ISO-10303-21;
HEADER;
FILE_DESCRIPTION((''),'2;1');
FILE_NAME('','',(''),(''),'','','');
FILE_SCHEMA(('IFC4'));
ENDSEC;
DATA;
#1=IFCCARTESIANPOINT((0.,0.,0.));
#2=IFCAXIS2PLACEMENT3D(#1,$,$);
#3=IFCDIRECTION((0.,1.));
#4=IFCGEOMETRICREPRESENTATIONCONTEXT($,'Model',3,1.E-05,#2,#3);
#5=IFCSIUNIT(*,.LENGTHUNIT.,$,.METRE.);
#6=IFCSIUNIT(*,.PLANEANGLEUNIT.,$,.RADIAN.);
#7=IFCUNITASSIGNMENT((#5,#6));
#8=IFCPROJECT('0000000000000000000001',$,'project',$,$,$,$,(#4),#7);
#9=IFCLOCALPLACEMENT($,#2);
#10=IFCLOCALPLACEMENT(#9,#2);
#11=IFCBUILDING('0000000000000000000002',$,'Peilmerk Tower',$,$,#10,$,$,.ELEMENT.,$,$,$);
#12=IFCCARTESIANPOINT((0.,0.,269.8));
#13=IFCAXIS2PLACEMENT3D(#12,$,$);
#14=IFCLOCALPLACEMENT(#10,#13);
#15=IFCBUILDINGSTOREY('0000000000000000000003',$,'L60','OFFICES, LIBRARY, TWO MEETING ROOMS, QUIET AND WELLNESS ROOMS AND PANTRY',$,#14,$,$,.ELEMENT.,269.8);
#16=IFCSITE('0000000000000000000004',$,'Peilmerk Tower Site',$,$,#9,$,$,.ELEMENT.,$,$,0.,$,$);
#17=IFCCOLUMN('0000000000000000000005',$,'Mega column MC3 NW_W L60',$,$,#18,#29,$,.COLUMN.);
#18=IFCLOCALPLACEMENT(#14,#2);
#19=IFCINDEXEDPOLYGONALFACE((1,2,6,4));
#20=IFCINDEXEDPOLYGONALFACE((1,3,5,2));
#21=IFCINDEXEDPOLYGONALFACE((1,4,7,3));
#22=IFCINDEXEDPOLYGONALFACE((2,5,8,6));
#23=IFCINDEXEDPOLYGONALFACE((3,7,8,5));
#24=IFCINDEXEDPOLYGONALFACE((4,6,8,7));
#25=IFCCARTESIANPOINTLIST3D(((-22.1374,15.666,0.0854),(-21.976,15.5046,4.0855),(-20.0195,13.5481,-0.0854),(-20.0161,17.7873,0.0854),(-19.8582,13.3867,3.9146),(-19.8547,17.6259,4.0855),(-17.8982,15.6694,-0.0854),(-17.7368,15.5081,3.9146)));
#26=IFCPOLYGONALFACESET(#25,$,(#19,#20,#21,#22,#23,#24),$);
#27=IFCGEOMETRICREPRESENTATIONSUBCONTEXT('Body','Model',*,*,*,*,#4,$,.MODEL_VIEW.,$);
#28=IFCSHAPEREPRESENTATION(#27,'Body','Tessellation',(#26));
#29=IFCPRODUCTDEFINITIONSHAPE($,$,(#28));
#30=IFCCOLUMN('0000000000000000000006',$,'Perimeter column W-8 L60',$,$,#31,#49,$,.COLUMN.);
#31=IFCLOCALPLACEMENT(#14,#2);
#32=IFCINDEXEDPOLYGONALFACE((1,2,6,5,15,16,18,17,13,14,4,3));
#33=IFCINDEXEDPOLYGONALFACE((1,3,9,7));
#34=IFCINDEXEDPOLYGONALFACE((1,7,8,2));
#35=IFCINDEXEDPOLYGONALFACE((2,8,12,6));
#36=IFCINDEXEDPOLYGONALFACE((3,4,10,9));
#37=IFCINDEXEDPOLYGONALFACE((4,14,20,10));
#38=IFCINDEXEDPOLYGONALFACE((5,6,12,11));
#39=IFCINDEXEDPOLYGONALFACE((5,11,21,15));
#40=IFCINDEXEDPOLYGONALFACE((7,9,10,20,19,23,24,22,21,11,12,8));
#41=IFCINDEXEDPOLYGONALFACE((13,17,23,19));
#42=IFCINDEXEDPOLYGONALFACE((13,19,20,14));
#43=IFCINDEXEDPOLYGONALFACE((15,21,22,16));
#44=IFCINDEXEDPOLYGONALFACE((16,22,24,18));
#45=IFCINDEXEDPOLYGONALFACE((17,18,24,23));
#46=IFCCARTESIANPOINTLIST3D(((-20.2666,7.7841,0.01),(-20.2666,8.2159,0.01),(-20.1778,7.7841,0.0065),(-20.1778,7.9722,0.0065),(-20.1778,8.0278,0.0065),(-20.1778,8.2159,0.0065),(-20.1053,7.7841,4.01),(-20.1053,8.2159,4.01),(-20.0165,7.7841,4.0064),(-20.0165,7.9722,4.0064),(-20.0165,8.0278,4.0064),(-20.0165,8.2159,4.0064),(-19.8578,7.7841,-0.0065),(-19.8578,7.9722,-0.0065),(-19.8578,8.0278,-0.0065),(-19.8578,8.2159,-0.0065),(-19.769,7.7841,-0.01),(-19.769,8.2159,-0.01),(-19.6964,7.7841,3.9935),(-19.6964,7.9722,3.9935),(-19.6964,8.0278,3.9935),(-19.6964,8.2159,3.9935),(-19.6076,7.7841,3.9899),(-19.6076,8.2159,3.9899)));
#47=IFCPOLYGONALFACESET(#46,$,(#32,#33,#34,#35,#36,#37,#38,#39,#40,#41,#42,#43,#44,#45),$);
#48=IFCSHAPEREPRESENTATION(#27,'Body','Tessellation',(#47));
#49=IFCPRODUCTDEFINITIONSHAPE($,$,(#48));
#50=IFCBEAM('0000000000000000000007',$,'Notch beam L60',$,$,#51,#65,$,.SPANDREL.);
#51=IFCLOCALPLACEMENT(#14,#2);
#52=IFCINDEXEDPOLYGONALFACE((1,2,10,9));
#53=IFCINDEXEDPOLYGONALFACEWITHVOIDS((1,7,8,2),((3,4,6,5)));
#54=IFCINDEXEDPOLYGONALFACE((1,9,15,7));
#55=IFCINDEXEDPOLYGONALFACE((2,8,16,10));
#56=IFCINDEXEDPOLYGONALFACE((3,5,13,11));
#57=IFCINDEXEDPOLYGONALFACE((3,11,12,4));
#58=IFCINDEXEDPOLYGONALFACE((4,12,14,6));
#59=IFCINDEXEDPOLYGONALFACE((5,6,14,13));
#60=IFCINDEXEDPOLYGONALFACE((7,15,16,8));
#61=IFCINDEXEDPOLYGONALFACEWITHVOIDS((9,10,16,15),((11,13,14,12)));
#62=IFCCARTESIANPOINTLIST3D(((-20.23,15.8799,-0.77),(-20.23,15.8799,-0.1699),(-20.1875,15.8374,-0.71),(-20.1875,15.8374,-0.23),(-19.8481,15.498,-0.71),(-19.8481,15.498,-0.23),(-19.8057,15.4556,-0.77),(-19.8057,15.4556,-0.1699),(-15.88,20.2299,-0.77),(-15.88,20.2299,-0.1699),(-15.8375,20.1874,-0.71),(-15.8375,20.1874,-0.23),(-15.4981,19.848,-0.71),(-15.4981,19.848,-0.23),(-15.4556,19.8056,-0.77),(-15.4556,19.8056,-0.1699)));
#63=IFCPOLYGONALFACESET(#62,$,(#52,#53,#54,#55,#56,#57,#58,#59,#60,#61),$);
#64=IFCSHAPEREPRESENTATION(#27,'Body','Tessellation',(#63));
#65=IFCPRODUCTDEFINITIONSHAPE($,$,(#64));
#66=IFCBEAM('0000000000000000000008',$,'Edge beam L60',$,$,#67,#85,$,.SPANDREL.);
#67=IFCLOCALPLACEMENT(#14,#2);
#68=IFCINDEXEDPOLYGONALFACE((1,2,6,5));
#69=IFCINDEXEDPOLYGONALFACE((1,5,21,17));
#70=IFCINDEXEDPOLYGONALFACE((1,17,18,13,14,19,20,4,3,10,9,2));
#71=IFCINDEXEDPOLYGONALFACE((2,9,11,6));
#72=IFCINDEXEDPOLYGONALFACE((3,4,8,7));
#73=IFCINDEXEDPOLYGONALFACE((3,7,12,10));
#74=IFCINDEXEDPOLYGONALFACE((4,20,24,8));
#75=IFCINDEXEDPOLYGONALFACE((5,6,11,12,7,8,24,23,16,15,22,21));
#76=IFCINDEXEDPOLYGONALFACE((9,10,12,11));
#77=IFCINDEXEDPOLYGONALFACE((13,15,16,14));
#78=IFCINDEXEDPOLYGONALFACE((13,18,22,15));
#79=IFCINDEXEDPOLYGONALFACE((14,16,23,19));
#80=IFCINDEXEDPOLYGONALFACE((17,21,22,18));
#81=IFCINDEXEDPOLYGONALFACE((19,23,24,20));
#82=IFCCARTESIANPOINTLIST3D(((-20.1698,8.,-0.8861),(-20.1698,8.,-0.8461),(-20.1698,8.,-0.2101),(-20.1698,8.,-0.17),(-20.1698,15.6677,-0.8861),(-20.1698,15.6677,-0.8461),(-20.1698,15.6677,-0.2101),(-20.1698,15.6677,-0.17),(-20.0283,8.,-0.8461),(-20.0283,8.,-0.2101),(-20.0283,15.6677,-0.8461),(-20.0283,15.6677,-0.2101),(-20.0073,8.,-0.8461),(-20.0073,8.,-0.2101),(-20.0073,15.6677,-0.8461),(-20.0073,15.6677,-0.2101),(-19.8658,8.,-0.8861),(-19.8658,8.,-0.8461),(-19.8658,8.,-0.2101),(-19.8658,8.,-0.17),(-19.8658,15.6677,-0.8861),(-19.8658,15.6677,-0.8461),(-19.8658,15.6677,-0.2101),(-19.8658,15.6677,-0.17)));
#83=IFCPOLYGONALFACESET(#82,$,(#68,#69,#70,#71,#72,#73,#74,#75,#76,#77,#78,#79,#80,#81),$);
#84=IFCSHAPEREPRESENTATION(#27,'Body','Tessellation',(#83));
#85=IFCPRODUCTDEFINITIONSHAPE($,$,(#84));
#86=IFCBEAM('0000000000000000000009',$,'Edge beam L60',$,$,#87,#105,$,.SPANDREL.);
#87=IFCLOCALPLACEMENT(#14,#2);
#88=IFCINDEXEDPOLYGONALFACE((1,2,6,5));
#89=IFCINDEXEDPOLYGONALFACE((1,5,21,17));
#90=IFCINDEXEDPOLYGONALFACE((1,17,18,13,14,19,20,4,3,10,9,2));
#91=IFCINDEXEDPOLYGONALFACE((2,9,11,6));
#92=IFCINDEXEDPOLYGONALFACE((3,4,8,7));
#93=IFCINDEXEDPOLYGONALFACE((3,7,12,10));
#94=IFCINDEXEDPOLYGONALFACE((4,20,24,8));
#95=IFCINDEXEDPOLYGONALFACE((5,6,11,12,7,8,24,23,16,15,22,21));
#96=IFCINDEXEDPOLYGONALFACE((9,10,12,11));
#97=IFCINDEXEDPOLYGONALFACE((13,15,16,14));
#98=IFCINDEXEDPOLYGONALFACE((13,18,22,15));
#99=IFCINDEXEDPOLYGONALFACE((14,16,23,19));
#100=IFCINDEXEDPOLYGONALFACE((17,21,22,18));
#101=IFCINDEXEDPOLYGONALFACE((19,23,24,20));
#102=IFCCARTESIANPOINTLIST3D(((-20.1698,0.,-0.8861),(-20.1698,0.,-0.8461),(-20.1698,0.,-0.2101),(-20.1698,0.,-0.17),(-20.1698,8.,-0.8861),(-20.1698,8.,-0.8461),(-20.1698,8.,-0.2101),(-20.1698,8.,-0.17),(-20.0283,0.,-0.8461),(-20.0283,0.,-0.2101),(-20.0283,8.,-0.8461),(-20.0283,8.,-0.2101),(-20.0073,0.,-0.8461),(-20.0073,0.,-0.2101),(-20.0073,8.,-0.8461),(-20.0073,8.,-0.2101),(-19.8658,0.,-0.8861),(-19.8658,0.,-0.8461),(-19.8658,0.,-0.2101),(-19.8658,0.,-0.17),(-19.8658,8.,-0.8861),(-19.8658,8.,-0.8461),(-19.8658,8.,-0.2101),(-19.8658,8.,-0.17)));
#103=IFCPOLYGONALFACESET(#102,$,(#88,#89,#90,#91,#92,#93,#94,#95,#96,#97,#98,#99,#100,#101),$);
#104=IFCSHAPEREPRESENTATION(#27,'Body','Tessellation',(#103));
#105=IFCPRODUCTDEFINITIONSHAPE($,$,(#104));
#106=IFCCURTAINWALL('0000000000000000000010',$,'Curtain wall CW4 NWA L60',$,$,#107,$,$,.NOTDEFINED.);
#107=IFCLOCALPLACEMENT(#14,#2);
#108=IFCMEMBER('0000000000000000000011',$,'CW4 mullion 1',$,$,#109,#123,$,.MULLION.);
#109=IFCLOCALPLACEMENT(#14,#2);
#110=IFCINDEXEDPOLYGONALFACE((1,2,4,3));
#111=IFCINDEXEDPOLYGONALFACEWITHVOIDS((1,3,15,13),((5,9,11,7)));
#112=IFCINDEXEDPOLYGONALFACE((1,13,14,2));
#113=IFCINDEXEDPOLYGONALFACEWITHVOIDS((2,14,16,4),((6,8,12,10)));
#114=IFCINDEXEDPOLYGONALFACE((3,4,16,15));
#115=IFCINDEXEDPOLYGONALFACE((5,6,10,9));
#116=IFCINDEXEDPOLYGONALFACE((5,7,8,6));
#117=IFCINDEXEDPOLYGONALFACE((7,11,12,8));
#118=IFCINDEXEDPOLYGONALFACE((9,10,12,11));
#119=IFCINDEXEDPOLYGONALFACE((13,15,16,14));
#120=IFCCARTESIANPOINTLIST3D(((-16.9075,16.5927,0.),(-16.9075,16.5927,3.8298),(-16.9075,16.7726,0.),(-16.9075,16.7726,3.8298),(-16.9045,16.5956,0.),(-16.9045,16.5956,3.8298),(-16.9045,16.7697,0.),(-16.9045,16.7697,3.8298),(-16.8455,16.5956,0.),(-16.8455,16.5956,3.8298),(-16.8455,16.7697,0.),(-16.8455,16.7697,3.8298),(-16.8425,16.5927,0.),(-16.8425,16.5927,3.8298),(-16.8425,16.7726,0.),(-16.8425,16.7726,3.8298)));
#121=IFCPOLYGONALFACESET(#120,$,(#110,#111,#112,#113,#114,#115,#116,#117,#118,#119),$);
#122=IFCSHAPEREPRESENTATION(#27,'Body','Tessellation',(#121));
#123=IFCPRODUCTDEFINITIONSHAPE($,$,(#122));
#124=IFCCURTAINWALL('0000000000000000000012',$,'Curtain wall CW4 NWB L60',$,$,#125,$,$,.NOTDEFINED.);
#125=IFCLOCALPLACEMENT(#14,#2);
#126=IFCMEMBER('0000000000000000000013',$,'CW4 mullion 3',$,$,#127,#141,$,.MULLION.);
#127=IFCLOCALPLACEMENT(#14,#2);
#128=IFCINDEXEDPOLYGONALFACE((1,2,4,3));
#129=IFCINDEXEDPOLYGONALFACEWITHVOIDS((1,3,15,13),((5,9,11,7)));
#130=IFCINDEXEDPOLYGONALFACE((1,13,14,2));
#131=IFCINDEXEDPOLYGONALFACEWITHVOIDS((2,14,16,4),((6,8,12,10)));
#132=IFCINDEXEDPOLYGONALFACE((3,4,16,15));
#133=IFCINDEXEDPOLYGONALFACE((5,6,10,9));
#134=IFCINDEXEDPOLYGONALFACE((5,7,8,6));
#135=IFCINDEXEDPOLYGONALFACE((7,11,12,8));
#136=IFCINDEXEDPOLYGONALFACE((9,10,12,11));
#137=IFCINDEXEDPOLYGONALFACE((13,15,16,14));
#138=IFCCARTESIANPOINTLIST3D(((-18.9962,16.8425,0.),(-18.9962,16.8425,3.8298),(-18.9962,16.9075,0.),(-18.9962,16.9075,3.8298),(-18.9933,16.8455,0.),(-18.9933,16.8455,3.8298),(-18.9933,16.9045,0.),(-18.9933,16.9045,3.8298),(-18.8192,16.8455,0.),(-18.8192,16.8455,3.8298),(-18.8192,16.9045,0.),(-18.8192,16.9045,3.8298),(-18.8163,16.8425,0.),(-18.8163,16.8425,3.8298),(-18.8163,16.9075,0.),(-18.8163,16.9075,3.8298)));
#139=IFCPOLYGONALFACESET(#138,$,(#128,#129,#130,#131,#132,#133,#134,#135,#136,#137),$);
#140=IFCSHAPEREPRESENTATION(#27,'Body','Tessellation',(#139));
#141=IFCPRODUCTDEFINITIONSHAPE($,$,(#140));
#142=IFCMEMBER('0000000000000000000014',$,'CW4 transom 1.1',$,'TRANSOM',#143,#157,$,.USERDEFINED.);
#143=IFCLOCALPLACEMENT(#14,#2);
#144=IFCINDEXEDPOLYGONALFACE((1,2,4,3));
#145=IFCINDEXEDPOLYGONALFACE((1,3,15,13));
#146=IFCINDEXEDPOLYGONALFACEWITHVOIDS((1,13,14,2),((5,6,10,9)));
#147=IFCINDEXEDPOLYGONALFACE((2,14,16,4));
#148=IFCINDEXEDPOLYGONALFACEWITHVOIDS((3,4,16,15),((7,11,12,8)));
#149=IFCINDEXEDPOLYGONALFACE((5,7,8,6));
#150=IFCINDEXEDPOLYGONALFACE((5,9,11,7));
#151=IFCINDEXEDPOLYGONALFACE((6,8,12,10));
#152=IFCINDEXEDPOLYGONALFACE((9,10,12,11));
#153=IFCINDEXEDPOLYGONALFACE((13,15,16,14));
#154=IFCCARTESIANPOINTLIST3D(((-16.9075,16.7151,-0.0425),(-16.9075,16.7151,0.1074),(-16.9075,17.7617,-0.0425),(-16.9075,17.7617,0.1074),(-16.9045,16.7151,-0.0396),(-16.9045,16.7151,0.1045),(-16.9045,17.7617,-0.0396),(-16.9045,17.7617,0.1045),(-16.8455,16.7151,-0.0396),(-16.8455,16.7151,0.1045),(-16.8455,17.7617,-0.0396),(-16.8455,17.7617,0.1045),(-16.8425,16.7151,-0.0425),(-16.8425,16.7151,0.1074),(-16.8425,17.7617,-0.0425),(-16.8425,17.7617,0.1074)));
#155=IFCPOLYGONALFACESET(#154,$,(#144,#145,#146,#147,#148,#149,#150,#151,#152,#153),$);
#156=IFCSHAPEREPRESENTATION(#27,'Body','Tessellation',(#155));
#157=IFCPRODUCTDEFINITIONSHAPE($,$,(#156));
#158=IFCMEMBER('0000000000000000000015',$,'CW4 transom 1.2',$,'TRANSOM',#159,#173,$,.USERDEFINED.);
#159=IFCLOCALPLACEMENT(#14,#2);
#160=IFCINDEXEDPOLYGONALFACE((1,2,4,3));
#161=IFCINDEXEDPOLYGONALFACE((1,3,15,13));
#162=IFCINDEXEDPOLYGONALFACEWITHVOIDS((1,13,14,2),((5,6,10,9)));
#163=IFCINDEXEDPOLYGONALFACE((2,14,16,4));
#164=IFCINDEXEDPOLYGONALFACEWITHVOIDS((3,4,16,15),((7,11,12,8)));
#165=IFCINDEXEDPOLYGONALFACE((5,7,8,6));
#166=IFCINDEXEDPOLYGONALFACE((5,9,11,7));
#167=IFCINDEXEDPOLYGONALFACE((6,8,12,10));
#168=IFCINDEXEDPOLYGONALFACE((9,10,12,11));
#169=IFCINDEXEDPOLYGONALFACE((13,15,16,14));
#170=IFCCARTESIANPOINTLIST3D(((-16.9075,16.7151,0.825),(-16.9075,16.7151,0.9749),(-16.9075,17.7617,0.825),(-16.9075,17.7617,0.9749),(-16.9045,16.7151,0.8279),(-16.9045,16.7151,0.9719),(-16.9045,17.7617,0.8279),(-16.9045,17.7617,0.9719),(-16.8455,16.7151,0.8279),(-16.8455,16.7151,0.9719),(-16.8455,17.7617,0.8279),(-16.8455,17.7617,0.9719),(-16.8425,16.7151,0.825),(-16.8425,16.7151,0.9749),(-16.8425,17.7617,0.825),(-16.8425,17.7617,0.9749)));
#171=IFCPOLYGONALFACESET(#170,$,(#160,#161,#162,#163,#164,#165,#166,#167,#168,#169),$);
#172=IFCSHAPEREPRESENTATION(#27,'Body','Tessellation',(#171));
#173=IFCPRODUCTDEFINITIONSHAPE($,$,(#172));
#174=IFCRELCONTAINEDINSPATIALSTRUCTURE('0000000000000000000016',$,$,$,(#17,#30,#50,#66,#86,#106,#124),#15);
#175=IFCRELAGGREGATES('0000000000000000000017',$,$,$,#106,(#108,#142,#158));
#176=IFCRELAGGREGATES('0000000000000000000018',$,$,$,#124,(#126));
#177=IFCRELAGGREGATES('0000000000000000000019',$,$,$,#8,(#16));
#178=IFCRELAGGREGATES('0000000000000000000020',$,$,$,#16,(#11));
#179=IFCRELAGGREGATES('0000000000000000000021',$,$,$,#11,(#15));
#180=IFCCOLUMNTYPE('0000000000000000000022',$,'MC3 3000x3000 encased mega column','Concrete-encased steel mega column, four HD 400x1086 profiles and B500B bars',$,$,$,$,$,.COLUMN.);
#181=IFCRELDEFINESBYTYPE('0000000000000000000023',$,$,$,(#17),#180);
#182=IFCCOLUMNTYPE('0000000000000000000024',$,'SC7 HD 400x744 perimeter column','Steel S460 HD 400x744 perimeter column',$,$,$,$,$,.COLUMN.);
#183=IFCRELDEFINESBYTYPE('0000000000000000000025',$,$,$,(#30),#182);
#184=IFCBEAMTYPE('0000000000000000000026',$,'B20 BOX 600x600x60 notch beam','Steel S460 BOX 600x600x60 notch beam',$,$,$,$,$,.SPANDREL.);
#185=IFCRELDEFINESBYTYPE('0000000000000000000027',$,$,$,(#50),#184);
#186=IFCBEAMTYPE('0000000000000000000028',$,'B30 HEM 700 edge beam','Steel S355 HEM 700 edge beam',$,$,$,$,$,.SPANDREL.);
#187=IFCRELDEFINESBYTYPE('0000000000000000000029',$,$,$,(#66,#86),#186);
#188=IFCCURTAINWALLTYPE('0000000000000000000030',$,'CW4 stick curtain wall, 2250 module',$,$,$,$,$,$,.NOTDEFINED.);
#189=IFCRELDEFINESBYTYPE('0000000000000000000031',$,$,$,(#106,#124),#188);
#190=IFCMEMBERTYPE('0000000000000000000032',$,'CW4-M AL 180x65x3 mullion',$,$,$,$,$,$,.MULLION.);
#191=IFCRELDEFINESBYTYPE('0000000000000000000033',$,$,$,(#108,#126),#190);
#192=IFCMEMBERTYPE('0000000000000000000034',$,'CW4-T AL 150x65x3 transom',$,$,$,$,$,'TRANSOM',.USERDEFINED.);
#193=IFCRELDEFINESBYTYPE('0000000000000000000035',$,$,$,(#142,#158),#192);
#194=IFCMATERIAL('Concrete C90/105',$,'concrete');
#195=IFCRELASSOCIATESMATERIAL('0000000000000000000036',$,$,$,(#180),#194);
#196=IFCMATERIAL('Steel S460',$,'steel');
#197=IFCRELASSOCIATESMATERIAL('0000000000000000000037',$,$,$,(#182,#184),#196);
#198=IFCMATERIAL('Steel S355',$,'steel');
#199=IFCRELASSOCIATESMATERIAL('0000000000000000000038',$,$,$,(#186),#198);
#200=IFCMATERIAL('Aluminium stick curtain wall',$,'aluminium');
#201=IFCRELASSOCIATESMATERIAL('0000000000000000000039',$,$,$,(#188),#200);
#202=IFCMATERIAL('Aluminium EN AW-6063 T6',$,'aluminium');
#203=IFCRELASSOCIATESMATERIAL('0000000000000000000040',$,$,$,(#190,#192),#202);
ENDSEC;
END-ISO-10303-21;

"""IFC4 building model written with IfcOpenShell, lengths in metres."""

from ifc_helpers import new_model, si_unit, direction, frame, origin, origin_2d, place, context, subcontext, project, spatial, rectangle, hollow_rectangle, i_section, extrude, material, material_profile, profile_set, type_object, element, aggregate, save


model = new_model("IFC4")

# Units and contexts
model_context = context("Model", 3, precision=1e-05, world=origin(), true_north=direction((0.0, 1.0)))
body_context = subcontext(model_context, "Body", "Model", "MODEL_VIEW")
ifc_project = project(units=[si_unit("LENGTHUNIT", "METRE"), si_unit("PLANEANGLEUNIT", "RADIAN")], contexts=[model_context])

# Site, building, storey
site_placement = place(None, origin())
site = spatial("IfcSite", under=ifc_project, at=site_placement, Name="Peilmerk Tower Site", CompositionType="ELEMENT", RefElevation=0.0)
building_placement = place(site_placement, origin())
building = spatial("IfcBuilding", under=site, at=building_placement, Name="Peilmerk Tower", CompositionType="ELEMENT")
storey_placement = place(building_placement, frame((0.0, 0.0, 269.8)))
storey = spatial("IfcBuildingStorey", under=building, at=storey_placement, Name="L60", Description="OFFICES, LIBRARY, TWO MEETING ROOMS, QUIET AND WELLNESS ROOMS AND PANTRY", CompositionType="ELEMENT", Elevation=269.8)

# Columns
ifc_material_1 = material(Name="Concrete C90/105", Category="concrete")
ifc_material_profile_1 = material_profile(ifc_material_1, rectangle(XDim=3.0, YDim=3.0, at=origin_2d()), Name="RC 3000x3000")
ifc_profile_set_1 = profile_set([ifc_material_profile_1], Name="Concrete C90/105")
column_type_1 = type_object("IfcColumnType", Name="MC3 3000x3000 encased mega column", Description="Concrete-encased steel mega column, four HD 400x1086 profiles and B500B bars", PredefinedType="COLUMN", material=ifc_profile_set_1)
column_1_placement = place(storey_placement, frame((-20.0178, 15.6677, 0.0), z_axis=(0.040279, -0.040279, 0.998376), x_axis=(0.707107, 0.707107, 0.0)))
element("IfcColumn", 1, at=column_1_placement, inside=storey, type_object=column_type_1, Name="Mega column MC3 NW_W L60", PredefinedType="COLUMN", context=body_context, shape_type="SweptSolid", body=[
    extrude(rectangle(XDim=3.0, YDim=3.0, at=origin_2d()), origin(), (0.0, 0.0, 1.0), 4.0066),
])
ifc_material_2 = material(Name="Steel S460", Category="steel")
ifc_material_profile_2 = material_profile(ifc_material_2, i_section(OverallWidth=0.4319, OverallDepth=0.498, WebThickness=0.0557, FlangeThickness=0.0889, at=origin_2d()), Name="HD 400x744")
ifc_profile_set_2 = profile_set([ifc_material_profile_2], Name="Steel S460")
column_type_2 = type_object("IfcColumnType", Name="SC7 HD 400x744 perimeter column", Description="Steel S460 HD 400x744 perimeter column", PredefinedType="COLUMN", material=ifc_profile_set_2)
column_2_placement = place(storey_placement, frame((-20.0178, 8.0, 0.0), z_axis=(0.040311, 0.0, 0.999187), x_axis=(0.0, 1.0, 0.0)))
element("IfcColumn", 2, at=column_2_placement, inside=storey, type_object=column_type_2, Name="Perimeter column W-8 L60", PredefinedType="COLUMN", context=body_context, shape_type="SweptSolid", body=[
    extrude(i_section(OverallWidth=0.4319, OverallDepth=0.498, WebThickness=0.0557, FlangeThickness=0.0889, at=origin_2d()), origin(), (0.0, 0.0, 1.0), 4.0032),
])

# Beams
ifc_material_profile_3 = material_profile(ifc_material_2, hollow_rectangle(XDim=0.6001, YDim=0.6001, WallThickness=0.0601, at=origin_2d()), Name="BOX 600x600x60")
ifc_profile_set_3 = profile_set([ifc_material_profile_3], Name="Steel S460")
beam_type_1 = type_object("IfcBeamType", Name="B20 BOX 600x600x60 notch beam", Description="Steel S460 BOX 600x600x60 notch beam", PredefinedType="SPANDREL", material=ifc_profile_set_3)
beam_1_placement = place(storey_placement, frame((-20.0178, 15.6677, -0.47), z_axis=(0.707107, 0.707107, 0.0), x_axis=(-0.707107, 0.707107, 0.0)))
element("IfcBeam", 3, at=beam_1_placement, inside=storey, type_object=beam_type_1, Name="Notch beam L60", PredefinedType="SPANDREL", context=body_context, shape_type="SweptSolid", body=[
    extrude(hollow_rectangle(XDim=0.6001, YDim=0.6001, WallThickness=0.0601, at=origin_2d()), origin(), (0.0, 0.0, 1.0), 6.1519),
])
ifc_material_3 = material(Name="Steel S355", Category="steel")
ifc_material_profile_4 = material_profile(ifc_material_3, i_section(OverallWidth=0.304, OverallDepth=0.7161, WebThickness=0.021, FlangeThickness=0.04, at=origin_2d()), Name="HEM 700")
ifc_profile_set_4 = profile_set([ifc_material_profile_4], Name="Steel S355")
beam_type_2 = type_object("IfcBeamType", Name="B30 HEM 700 edge beam", Description="Steel S355 HEM 700 edge beam", PredefinedType="SPANDREL", material=ifc_profile_set_4)
beam_2_placement = place(storey_placement, frame((-20.0178, 15.6677, -0.5281), z_axis=(0.0, -1.0, 0.0), x_axis=(1.0, 0.0, 0.0)))
element("IfcBeam", 4, at=beam_2_placement, inside=storey, type_object=beam_type_2, Name="Edge beam L60", PredefinedType="SPANDREL", context=body_context, shape_type="SweptSolid", body=[
    extrude(i_section(OverallWidth=0.304, OverallDepth=0.7161, WebThickness=0.021, FlangeThickness=0.04, at=origin_2d()), origin(), (0.0, 0.0, 1.0), 7.6677),
])
beam_3_placement = place(storey_placement, frame((-20.0178, 8.0, -0.5281), z_axis=(0.0, -1.0, 0.0), x_axis=(1.0, 0.0, 0.0)))
element("IfcBeam", 5, at=beam_3_placement, inside=storey, type_object=beam_type_2, Name="Edge beam L60", PredefinedType="SPANDREL", context=body_context, shape_type="SweptSolid", body=[
    extrude(i_section(OverallWidth=0.304, OverallDepth=0.7161, WebThickness=0.021, FlangeThickness=0.04, at=origin_2d()), origin(), (0.0, 0.0, 1.0), 8.0),
])

# Curtain walls, members
ifc_material_4 = material(Name="Aluminium stick curtain wall", Category="aluminium")
curtain_wall_type = type_object("IfcCurtainWallType", Name="CW4 stick curtain wall, 2250 module", PredefinedType="NOTDEFINED", material=ifc_material_4)
curtain_wall_1_placement = place(storey_placement, origin())
curtain_wall_1 = element("IfcCurtainWall", 6, at=curtain_wall_1_placement, inside=storey, type_object=curtain_wall_type, Name="Curtain wall CW4 NWA L60", PredefinedType="NOTDEFINED")
ifc_material_5 = material(Name="Aluminium EN AW-6063 T6", Category="aluminium")
ifc_material_profile_5 = material_profile(ifc_material_5, hollow_rectangle(XDim=0.0649, YDim=0.1799, WallThickness=0.0029, at=origin_2d()), Name="AL 180x65x3")
ifc_profile_set_5 = profile_set([ifc_material_profile_5], Name="Aluminium EN AW-6063 T6")
member_type_1 = type_object("IfcMemberType", Name="CW4-M AL 180x65x3 mullion", PredefinedType="MULLION", material=ifc_profile_set_5)
member_1_placement = place(storey_placement, frame((-16.875, 16.6826, 0.0), z_axis=(0.0, 0.0, 1.0), x_axis=(-1.0, 0.0, 0.0)))
member_1 = element("IfcMember", 7, at=member_1_placement, type_object=member_type_1, Name="CW4 mullion 1", PredefinedType="MULLION", context=body_context, shape_type="SweptSolid", body=[
    extrude(hollow_rectangle(XDim=0.0649, YDim=0.1799, WallThickness=0.0029, at=origin_2d()), origin(), (0.0, 0.0, 1.0), 3.8298),
])
curtain_wall_2_placement = place(storey_placement, origin())
curtain_wall_2 = element("IfcCurtainWall", 8, at=curtain_wall_2_placement, inside=storey, type_object=curtain_wall_type, Name="Curtain wall CW4 NWB L60", PredefinedType="NOTDEFINED")
member_2_placement = place(storey_placement, frame((-18.9062, 16.875, 0.0), z_axis=(0.0, 0.0, 1.0), x_axis=(0.0, -1.0, 0.0)))
member_2 = element("IfcMember", 9, at=member_2_placement, type_object=member_type_1, Name="CW4 mullion 3", PredefinedType="MULLION", context=body_context, shape_type="SweptSolid", body=[
    extrude(hollow_rectangle(XDim=0.0649, YDim=0.1799, WallThickness=0.0029, at=origin_2d()), origin(), (0.0, 0.0, 1.0), 3.8298),
])

# Members
ifc_material_profile_6 = material_profile(ifc_material_5, hollow_rectangle(XDim=0.0649, YDim=0.1499, WallThickness=0.0029, at=origin_2d()), Name="AL 150x65x3")
ifc_profile_set_6 = profile_set([ifc_material_profile_6], Name="Aluminium EN AW-6063 T6")
member_type_2 = type_object("IfcMemberType", Name="CW4-T AL 150x65x3 transom", ElementType="TRANSOM", PredefinedType="USERDEFINED", material=ifc_profile_set_6)
member_3_placement = place(storey_placement, frame((-16.875, 16.7151, 0.0325), z_axis=(0.0, 1.0, 0.0), x_axis=(-1.0, 0.0, 0.0)))
member_3 = element("IfcMember", 10, at=member_3_placement, type_object=member_type_2, Name="CW4 transom 1.1", ObjectType="TRANSOM", PredefinedType="USERDEFINED", context=body_context, shape_type="SweptSolid", body=[
    extrude(hollow_rectangle(XDim=0.0649, YDim=0.1499, WallThickness=0.0029, at=origin_2d()), origin(), (0.0, 0.0, 1.0), 1.0466),
])
member_4_placement = place(storey_placement, frame((-16.875, 16.7151, 0.8999), z_axis=(0.0, 1.0, 0.0), x_axis=(-1.0, 0.0, 0.0)))
member_4 = element("IfcMember", 11, at=member_4_placement, type_object=member_type_2, Name="CW4 transom 1.2", ObjectType="TRANSOM", PredefinedType="USERDEFINED", context=body_context, shape_type="SweptSolid", body=[
    extrude(hollow_rectangle(XDim=0.0649, YDim=0.1499, WallThickness=0.0029, at=origin_2d()), origin(), (0.0, 0.0, 1.0), 1.0466),
])
aggregate(curtain_wall_1, [member_1, member_3, member_4])

aggregate(curtain_wall_2, [member_2])

save(model, "model.ifc")
